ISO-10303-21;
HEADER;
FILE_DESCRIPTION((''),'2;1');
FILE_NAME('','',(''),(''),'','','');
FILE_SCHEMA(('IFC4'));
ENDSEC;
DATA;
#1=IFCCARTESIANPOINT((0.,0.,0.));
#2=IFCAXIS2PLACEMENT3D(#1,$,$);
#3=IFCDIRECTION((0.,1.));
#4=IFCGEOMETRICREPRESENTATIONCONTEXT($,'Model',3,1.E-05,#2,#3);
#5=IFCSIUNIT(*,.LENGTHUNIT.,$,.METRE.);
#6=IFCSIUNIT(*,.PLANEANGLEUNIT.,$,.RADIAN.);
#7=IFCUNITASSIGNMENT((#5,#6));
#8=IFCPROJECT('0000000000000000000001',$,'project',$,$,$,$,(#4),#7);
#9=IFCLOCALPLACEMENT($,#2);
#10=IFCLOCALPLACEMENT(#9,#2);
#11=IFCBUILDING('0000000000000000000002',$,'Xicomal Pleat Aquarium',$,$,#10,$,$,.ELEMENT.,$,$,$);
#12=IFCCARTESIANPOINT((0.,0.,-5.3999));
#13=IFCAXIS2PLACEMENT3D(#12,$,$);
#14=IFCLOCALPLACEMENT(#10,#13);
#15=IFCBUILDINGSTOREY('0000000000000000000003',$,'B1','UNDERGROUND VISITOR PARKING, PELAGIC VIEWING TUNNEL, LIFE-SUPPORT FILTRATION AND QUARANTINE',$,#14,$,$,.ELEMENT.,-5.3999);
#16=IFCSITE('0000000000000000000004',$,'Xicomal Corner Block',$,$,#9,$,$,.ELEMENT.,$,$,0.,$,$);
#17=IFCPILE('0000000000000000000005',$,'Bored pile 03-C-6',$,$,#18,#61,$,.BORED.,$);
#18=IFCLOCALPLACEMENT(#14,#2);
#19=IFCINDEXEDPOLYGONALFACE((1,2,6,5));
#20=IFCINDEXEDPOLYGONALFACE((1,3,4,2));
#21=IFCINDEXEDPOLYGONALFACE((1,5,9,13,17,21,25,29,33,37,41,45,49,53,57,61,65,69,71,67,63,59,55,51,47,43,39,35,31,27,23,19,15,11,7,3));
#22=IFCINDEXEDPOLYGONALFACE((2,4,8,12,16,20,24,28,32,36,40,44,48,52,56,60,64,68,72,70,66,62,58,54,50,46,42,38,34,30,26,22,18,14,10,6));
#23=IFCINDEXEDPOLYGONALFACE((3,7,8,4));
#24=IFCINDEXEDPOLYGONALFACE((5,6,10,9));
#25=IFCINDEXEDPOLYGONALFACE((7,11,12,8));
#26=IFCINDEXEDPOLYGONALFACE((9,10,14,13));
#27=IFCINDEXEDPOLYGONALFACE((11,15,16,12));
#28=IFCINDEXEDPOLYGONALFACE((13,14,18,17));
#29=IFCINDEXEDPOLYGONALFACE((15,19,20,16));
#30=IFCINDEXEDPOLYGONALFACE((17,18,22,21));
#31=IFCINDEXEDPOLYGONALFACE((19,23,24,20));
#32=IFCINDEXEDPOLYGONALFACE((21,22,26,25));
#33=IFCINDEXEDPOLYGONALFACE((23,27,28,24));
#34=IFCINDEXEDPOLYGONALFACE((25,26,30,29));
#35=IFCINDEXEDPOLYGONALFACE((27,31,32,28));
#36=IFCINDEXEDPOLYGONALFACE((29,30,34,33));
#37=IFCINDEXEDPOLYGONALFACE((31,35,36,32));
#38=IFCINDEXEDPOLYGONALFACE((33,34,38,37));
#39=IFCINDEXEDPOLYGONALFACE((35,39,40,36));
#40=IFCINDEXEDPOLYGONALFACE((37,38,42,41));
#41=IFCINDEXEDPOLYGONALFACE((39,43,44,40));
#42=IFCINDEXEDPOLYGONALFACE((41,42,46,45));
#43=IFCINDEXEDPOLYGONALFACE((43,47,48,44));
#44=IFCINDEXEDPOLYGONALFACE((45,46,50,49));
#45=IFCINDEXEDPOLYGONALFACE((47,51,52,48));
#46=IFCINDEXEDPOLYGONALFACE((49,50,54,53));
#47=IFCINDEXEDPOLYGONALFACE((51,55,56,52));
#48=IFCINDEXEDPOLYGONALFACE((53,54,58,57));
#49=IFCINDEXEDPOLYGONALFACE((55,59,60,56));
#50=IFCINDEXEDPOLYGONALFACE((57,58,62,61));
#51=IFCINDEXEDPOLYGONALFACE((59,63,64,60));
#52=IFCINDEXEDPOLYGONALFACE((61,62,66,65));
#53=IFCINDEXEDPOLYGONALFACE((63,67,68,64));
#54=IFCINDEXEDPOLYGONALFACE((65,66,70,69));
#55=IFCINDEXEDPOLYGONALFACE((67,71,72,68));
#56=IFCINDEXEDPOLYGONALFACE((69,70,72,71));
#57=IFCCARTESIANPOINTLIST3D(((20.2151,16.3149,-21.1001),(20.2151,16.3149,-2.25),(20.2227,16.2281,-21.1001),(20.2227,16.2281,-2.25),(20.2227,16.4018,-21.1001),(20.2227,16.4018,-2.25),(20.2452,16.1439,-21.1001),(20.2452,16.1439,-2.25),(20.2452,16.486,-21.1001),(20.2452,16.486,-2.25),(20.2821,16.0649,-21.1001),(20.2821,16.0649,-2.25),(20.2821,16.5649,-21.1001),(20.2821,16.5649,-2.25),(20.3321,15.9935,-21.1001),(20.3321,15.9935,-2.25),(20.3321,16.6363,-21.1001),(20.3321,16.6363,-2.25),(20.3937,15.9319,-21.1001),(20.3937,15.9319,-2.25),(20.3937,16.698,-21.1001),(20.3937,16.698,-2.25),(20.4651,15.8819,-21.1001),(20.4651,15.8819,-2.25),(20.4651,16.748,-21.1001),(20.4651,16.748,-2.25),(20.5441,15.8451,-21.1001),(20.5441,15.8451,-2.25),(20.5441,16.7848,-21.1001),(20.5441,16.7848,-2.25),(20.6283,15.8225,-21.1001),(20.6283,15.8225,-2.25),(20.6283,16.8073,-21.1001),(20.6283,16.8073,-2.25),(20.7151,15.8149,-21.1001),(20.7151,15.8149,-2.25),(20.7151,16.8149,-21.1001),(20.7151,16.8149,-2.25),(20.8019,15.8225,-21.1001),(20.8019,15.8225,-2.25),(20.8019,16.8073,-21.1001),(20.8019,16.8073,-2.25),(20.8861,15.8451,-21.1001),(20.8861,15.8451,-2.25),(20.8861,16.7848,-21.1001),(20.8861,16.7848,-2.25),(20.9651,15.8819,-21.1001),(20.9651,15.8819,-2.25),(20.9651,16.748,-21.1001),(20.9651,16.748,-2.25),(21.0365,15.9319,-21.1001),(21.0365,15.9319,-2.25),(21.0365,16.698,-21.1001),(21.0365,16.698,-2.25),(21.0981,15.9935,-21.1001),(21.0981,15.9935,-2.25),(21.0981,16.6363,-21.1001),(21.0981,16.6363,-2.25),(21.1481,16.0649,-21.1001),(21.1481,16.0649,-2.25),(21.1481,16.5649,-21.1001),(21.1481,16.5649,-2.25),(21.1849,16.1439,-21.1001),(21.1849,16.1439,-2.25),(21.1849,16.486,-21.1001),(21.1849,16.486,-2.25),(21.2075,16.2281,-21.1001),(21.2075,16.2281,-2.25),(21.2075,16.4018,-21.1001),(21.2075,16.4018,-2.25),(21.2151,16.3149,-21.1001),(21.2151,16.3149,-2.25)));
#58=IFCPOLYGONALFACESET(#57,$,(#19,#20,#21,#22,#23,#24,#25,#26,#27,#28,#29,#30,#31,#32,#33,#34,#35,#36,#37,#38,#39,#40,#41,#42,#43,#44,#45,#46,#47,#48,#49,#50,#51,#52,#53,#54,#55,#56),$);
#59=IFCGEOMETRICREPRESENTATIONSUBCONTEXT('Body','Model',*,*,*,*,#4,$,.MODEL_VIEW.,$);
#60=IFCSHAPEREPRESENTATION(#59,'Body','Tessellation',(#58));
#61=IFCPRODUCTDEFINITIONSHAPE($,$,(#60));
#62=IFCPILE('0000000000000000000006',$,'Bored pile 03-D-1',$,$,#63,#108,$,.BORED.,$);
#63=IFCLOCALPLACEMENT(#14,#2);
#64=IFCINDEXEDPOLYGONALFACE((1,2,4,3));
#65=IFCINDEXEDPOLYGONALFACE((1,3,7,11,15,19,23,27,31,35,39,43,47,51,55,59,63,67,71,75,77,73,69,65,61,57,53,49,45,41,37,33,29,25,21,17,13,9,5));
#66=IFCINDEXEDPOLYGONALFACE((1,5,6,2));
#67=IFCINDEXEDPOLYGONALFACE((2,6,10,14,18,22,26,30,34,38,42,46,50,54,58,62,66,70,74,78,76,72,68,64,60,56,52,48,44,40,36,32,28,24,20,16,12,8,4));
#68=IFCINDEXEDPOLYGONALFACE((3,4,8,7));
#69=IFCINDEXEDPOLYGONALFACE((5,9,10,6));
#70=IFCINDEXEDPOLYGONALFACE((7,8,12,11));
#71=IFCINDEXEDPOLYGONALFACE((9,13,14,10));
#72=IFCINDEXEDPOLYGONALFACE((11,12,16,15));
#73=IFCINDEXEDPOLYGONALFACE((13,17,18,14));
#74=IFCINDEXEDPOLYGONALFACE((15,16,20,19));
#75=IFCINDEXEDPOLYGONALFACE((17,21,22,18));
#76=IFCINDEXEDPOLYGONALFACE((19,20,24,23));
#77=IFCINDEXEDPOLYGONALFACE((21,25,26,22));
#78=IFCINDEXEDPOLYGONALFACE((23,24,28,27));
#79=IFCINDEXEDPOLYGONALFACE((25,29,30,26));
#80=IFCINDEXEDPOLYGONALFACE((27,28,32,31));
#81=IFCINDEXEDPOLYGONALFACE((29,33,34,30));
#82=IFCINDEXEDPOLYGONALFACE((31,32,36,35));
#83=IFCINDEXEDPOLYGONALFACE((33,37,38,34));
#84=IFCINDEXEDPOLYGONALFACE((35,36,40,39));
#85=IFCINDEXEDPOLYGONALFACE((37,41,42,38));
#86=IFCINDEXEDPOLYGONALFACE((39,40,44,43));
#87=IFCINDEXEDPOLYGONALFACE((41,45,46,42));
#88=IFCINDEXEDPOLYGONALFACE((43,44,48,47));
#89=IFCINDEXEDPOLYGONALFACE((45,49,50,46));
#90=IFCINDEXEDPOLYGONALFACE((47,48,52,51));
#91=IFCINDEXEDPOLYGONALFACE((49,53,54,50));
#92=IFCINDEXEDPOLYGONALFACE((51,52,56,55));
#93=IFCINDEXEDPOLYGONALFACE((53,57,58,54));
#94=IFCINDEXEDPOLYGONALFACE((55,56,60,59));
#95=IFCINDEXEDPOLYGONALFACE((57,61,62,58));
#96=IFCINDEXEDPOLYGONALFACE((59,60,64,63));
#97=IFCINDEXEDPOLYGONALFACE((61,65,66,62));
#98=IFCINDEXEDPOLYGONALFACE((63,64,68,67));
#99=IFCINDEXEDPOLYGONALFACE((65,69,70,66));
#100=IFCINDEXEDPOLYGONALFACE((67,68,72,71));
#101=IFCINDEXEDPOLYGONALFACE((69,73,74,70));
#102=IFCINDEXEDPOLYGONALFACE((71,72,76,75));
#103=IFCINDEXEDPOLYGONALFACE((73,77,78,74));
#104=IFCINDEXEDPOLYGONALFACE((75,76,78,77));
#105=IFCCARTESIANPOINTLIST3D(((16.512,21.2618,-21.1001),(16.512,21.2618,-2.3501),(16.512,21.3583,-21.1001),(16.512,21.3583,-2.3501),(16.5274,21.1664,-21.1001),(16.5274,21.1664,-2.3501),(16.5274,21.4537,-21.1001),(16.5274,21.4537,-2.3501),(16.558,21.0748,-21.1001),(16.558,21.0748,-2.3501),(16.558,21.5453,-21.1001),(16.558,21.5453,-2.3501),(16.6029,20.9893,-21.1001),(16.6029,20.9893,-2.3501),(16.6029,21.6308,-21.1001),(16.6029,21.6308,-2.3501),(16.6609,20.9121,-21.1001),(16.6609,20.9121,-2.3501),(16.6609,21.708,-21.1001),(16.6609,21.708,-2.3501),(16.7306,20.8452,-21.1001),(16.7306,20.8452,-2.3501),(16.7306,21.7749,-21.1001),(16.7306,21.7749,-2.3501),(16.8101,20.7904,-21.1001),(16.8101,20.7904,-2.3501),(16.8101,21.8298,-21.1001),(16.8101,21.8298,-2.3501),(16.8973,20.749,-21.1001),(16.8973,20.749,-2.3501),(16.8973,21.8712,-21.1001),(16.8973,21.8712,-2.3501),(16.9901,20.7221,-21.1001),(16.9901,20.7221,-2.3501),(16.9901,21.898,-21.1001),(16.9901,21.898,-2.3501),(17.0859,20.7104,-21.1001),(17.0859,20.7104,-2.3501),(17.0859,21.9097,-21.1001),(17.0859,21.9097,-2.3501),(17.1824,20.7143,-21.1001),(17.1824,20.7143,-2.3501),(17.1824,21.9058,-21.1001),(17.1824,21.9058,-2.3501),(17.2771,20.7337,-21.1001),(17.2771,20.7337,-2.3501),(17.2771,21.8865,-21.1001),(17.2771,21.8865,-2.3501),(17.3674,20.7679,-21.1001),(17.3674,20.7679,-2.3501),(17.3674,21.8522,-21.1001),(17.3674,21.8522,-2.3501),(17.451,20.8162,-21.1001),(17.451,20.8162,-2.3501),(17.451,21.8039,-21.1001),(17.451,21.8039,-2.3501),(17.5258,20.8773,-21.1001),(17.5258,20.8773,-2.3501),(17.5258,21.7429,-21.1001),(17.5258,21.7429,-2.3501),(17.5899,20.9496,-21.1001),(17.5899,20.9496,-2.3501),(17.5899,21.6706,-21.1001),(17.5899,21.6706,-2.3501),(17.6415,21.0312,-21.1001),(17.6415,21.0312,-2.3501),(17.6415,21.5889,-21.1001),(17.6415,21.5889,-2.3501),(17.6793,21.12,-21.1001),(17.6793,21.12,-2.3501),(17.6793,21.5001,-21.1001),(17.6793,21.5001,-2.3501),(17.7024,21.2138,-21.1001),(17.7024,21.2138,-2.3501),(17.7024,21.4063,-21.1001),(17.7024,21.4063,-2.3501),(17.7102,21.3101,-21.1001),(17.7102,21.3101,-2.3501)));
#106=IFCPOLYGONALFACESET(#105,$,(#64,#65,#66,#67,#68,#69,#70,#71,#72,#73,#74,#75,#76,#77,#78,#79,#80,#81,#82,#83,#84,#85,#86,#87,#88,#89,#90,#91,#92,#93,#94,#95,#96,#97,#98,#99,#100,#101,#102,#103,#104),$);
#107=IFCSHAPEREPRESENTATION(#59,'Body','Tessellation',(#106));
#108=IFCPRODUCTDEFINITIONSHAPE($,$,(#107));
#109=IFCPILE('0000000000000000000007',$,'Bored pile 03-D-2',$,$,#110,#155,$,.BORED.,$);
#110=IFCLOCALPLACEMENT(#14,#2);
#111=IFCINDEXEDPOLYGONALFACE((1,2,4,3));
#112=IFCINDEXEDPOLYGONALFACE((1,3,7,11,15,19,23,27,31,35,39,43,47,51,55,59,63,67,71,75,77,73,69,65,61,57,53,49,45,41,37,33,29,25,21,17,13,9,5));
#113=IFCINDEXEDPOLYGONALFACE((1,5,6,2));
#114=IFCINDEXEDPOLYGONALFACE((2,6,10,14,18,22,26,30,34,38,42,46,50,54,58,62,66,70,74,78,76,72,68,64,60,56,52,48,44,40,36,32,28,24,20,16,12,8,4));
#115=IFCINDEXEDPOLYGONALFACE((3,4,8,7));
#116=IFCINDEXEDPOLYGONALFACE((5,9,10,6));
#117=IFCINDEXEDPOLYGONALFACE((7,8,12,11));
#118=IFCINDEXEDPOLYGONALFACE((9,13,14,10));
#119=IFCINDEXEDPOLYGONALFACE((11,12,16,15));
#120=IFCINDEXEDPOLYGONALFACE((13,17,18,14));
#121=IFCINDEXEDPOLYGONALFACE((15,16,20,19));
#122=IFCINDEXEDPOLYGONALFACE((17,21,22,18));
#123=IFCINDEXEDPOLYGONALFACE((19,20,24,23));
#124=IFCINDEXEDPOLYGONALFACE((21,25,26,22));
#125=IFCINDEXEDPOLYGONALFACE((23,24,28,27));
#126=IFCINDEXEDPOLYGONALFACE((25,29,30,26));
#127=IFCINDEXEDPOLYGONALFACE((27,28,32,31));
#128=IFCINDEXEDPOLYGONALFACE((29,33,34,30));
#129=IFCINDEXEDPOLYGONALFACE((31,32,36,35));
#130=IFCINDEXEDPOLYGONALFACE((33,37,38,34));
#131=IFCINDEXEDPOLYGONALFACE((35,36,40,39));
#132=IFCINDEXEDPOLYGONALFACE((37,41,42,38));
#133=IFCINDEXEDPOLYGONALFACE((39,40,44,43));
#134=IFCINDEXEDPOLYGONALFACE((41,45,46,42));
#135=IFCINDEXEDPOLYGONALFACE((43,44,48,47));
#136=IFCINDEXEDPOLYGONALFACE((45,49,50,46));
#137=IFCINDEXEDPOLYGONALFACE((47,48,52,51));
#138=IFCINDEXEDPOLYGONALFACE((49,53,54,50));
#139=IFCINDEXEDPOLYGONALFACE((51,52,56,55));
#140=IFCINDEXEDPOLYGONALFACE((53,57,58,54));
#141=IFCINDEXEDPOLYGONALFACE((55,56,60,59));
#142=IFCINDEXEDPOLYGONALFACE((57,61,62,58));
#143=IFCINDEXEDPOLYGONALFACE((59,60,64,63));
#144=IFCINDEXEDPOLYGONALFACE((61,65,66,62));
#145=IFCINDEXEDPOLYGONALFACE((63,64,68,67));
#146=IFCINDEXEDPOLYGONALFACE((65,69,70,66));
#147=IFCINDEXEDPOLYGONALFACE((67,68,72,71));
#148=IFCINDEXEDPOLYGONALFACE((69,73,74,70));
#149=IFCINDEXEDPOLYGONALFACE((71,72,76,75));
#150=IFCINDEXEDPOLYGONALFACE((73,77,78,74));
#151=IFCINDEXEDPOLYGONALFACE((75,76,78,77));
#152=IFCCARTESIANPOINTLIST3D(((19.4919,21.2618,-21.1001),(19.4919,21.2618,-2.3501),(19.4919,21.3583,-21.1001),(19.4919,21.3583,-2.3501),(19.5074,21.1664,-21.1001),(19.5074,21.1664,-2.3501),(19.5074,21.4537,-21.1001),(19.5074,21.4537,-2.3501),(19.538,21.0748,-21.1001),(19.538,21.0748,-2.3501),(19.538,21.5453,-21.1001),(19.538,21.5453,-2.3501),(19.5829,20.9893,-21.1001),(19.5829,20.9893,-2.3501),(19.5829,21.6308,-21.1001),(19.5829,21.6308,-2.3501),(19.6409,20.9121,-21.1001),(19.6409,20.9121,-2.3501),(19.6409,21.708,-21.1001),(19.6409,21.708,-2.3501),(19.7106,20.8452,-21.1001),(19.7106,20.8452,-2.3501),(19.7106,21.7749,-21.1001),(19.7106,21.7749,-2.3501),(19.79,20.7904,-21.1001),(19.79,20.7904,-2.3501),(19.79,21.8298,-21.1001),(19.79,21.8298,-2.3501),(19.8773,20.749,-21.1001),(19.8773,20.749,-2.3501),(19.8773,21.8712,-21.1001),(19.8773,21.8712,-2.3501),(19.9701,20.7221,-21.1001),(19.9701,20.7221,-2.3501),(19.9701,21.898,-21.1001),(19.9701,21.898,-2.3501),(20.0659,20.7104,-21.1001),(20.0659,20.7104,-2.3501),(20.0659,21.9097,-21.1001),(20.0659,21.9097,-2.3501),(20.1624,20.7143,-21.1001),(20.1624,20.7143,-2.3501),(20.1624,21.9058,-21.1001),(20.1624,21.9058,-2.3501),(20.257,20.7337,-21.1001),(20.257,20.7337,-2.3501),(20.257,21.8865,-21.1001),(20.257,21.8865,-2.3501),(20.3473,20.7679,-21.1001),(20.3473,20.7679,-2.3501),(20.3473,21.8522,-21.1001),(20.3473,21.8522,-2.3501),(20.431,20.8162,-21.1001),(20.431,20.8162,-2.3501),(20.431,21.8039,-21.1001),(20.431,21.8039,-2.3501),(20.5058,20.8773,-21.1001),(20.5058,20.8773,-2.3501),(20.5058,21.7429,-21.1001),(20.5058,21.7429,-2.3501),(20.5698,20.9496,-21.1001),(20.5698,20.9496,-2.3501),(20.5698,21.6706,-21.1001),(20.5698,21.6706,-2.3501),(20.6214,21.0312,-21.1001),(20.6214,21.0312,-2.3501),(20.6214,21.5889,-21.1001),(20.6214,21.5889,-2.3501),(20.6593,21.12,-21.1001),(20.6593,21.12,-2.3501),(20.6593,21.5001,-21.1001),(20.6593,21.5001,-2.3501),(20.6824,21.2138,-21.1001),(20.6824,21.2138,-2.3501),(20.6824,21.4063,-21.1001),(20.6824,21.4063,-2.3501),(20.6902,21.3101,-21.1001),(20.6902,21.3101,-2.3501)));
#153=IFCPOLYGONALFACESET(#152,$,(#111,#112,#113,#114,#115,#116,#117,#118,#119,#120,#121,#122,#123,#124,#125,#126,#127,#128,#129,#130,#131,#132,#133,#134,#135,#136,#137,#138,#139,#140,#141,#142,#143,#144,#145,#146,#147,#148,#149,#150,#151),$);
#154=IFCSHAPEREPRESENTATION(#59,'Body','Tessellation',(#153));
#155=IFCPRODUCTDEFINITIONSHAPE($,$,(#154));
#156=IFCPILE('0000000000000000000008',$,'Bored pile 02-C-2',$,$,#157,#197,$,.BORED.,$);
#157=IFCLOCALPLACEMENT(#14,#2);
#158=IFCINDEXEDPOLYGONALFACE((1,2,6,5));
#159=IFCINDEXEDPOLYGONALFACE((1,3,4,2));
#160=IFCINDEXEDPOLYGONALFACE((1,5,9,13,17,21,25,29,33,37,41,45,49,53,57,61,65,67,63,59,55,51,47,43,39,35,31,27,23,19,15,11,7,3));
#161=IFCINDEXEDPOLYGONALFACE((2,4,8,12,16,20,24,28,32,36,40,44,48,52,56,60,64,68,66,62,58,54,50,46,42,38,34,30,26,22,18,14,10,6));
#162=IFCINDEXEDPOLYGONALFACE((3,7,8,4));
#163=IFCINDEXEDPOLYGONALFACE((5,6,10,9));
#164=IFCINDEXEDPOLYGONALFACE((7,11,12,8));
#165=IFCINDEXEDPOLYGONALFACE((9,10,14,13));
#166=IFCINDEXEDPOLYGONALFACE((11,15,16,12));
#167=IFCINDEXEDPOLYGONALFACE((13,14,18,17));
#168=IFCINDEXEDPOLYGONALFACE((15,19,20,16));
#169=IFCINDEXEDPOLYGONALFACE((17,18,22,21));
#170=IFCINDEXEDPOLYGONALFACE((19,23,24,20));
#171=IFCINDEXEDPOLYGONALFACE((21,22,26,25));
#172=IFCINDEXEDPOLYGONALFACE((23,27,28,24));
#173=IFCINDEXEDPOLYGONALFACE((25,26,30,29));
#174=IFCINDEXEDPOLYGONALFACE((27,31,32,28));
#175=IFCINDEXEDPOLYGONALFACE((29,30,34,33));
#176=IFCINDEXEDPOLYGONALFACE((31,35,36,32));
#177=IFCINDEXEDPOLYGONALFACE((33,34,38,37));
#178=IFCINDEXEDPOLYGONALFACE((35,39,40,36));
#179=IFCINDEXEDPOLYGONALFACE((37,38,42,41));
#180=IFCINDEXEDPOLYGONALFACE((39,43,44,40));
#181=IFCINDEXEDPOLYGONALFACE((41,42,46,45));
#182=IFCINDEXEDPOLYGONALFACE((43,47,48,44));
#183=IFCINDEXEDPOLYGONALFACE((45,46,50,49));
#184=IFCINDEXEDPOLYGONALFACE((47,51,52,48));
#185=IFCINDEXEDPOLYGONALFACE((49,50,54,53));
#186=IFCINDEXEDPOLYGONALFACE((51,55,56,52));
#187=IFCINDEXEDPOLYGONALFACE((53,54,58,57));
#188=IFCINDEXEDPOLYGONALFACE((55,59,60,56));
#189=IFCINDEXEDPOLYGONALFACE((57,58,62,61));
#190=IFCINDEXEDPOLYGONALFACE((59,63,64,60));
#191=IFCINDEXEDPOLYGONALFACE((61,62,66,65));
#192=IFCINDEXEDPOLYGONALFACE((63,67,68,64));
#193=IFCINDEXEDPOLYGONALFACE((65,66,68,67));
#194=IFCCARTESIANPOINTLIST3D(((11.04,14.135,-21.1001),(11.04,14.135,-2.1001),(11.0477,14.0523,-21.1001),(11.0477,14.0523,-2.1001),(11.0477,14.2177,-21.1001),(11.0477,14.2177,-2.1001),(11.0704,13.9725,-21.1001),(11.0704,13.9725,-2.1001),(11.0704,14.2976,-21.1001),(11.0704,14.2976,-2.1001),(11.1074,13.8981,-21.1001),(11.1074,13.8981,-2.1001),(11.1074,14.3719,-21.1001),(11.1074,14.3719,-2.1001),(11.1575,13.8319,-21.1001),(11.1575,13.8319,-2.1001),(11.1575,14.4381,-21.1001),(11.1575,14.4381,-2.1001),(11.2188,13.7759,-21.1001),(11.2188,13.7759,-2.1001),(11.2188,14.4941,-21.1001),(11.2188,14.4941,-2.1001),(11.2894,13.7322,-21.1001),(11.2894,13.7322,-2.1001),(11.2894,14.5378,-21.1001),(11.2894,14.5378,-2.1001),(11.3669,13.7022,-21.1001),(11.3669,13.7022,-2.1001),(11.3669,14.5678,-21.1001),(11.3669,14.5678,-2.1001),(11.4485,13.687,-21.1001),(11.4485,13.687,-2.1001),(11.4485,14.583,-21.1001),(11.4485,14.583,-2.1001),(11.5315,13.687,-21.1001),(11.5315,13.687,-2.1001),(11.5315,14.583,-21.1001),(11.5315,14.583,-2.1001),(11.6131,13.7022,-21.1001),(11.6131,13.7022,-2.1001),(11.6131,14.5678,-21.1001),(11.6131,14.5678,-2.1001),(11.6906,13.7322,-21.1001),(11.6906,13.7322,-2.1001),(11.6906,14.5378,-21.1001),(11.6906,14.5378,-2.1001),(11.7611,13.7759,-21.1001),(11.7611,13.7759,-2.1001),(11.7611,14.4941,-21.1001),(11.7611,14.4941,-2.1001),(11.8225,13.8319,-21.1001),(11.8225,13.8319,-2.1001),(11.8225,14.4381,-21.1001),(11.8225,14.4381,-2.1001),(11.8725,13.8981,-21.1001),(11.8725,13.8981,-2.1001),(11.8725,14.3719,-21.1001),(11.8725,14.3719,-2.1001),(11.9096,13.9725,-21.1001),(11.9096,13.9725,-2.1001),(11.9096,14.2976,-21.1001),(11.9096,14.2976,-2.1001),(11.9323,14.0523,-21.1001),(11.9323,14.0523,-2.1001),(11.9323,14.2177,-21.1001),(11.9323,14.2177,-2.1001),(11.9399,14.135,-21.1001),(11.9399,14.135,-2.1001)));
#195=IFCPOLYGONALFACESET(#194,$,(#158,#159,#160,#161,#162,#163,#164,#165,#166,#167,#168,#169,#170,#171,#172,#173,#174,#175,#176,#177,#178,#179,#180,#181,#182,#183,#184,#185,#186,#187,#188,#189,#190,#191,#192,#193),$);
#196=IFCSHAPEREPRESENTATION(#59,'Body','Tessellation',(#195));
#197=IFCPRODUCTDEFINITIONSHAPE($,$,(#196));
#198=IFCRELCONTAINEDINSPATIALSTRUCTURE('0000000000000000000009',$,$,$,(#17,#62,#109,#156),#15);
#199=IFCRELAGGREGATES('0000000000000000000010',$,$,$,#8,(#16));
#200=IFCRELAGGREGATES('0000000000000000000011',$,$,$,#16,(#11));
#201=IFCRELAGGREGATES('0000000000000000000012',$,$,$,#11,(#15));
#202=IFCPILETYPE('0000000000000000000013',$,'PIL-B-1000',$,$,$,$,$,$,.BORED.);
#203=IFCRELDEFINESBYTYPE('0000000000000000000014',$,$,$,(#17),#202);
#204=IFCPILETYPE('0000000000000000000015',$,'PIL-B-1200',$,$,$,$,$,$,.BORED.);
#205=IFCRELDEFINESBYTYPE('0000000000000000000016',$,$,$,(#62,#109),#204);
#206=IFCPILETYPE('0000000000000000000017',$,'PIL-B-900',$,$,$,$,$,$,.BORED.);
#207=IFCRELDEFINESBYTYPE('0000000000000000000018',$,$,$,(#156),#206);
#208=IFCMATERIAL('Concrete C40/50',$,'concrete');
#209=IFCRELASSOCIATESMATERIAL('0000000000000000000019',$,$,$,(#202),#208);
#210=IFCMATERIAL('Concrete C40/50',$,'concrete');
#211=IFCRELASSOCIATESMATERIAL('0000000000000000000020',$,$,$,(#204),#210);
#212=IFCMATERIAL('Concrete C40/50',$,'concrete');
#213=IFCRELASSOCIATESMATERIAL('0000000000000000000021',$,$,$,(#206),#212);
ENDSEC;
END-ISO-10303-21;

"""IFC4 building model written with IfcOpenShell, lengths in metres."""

from ifc_helpers import new_model, si_unit, direction, frame, origin, origin_2d, place, context, subcontext, project, spatial, circle, extrude, material, material_profile, profile_set, type_object, element, save


model = new_model("IFC4")

# Units and contexts
model_context = context("Model", 3, precision=1e-05, world=origin(), true_north=direction((0.0, 1.0)))
body_context = subcontext(model_context, "Body", "Model", "MODEL_VIEW")
ifc_project = project(units=[si_unit("LENGTHUNIT", "METRE"), si_unit("PLANEANGLEUNIT", "RADIAN")], contexts=[model_context])

# Site, building, storey
site_placement = place(None, origin())
site = spatial("IfcSite", under=ifc_project, at=site_placement, Name="Xicomal Corner Block", CompositionType="ELEMENT", RefElevation=0.0)
building_placement = place(site_placement, origin())
building = spatial("IfcBuilding", under=site, at=building_placement, Name="Xicomal Pleat Aquarium", CompositionType="ELEMENT")
storey_placement = place(building_placement, frame((0.0, 0.0, -5.3999)))
storey = spatial("IfcBuildingStorey", under=building, at=storey_placement, Name="B1", Description="UNDERGROUND VISITOR PARKING, PELAGIC VIEWING TUNNEL, LIFE-SUPPORT FILTRATION AND QUARANTINE", CompositionType="ELEMENT", Elevation=-5.3999)

# Piles
ifc_material_1 = material(Name="Concrete C40/50", Category="concrete")
ifc_material_profile_1 = material_profile(ifc_material_1, circle(Radius=0.5, at=origin_2d()), Name="BORED PILE D1000")
ifc_profile_set_1 = profile_set([ifc_material_profile_1], Name="Concrete C40/50")
pile_type_1 = type_object("IfcPileType", Name="PIL-B-1000", PredefinedType="BORED", material=ifc_profile_set_1)
for number, where, z_axis, x_axis, name in (
    (1, (20.7151, 16.3149, -2.25), (0.0, 0.0, -1.0), (1.0, 0.0, 0.0), "Bored pile 03-C-6"),
):
    element("IfcPile", number, at=place(storey_placement, frame(where, z_axis=z_axis, x_axis=x_axis)), inside=storey, type_object=pile_type_1, Name=name, PredefinedType="BORED", context=body_context, shape_type="SweptSolid", body=[
        extrude(circle(Radius=0.5, at=origin_2d()), origin(), (0.0, 0.0, 1.0), 18.8501),
    ])
ifc_material_2 = material(Name="Concrete C40/50", Category="concrete")
ifc_material_profile_2 = material_profile(ifc_material_2, circle(Radius=0.6001, at=origin_2d()), Name="BORED PILE D1200")
ifc_profile_set_2 = profile_set([ifc_material_profile_2], Name="Concrete C40/50")
pile_type_2 = type_object("IfcPileType", Name="PIL-B-1200", PredefinedType="BORED", material=ifc_profile_set_2)
for number, where, z_axis, x_axis, name in (
    (2, (17.1101, 21.3101, -2.3501), (0.0, 0.0, -1.0), (1.0, 0.0, 0.0), "Bored pile 03-D-1"),
    (3, (20.0901, 21.3101, -2.3501), (0.0, 0.0, -1.0), (1.0, 0.0, 0.0), "Bored pile 03-D-2"),
):
    element("IfcPile", number, at=place(storey_placement, frame(where, z_axis=z_axis, x_axis=x_axis)), inside=storey, type_object=pile_type_2, Name=name, PredefinedType="BORED", context=body_context, shape_type="SweptSolid", body=[
        extrude(circle(Radius=0.6001, at=origin_2d()), origin(), (0.0, 0.0, 1.0), 18.75),
    ])
ifc_material_3 = material(Name="Concrete C40/50", Category="concrete")
ifc_material_profile_3 = material_profile(ifc_material_3, circle(Radius=0.45, at=origin_2d()), Name="BORED PILE D900")
ifc_profile_set_3 = profile_set([ifc_material_profile_3], Name="Concrete C40/50")
pile_type_3 = type_object("IfcPileType", Name="PIL-B-900", PredefinedType="BORED", material=ifc_profile_set_3)
for number, where, z_axis, x_axis, name in (
    (4, (11.49, 14.135, -2.1001), (0.0, 0.0, -1.0), (1.0, 0.0, 0.0), "Bored pile 02-C-2"),
):
    element("IfcPile", number, at=place(storey_placement, frame(where, z_axis=z_axis, x_axis=x_axis)), inside=storey, type_object=pile_type_3, Name=name, PredefinedType="BORED", context=body_context, shape_type="SweptSolid", body=[
        extrude(circle(Radius=0.45, at=origin_2d()), origin(), (0.0, 0.0, 1.0), 19.0),
    ])

save(model, "model.ifc")
